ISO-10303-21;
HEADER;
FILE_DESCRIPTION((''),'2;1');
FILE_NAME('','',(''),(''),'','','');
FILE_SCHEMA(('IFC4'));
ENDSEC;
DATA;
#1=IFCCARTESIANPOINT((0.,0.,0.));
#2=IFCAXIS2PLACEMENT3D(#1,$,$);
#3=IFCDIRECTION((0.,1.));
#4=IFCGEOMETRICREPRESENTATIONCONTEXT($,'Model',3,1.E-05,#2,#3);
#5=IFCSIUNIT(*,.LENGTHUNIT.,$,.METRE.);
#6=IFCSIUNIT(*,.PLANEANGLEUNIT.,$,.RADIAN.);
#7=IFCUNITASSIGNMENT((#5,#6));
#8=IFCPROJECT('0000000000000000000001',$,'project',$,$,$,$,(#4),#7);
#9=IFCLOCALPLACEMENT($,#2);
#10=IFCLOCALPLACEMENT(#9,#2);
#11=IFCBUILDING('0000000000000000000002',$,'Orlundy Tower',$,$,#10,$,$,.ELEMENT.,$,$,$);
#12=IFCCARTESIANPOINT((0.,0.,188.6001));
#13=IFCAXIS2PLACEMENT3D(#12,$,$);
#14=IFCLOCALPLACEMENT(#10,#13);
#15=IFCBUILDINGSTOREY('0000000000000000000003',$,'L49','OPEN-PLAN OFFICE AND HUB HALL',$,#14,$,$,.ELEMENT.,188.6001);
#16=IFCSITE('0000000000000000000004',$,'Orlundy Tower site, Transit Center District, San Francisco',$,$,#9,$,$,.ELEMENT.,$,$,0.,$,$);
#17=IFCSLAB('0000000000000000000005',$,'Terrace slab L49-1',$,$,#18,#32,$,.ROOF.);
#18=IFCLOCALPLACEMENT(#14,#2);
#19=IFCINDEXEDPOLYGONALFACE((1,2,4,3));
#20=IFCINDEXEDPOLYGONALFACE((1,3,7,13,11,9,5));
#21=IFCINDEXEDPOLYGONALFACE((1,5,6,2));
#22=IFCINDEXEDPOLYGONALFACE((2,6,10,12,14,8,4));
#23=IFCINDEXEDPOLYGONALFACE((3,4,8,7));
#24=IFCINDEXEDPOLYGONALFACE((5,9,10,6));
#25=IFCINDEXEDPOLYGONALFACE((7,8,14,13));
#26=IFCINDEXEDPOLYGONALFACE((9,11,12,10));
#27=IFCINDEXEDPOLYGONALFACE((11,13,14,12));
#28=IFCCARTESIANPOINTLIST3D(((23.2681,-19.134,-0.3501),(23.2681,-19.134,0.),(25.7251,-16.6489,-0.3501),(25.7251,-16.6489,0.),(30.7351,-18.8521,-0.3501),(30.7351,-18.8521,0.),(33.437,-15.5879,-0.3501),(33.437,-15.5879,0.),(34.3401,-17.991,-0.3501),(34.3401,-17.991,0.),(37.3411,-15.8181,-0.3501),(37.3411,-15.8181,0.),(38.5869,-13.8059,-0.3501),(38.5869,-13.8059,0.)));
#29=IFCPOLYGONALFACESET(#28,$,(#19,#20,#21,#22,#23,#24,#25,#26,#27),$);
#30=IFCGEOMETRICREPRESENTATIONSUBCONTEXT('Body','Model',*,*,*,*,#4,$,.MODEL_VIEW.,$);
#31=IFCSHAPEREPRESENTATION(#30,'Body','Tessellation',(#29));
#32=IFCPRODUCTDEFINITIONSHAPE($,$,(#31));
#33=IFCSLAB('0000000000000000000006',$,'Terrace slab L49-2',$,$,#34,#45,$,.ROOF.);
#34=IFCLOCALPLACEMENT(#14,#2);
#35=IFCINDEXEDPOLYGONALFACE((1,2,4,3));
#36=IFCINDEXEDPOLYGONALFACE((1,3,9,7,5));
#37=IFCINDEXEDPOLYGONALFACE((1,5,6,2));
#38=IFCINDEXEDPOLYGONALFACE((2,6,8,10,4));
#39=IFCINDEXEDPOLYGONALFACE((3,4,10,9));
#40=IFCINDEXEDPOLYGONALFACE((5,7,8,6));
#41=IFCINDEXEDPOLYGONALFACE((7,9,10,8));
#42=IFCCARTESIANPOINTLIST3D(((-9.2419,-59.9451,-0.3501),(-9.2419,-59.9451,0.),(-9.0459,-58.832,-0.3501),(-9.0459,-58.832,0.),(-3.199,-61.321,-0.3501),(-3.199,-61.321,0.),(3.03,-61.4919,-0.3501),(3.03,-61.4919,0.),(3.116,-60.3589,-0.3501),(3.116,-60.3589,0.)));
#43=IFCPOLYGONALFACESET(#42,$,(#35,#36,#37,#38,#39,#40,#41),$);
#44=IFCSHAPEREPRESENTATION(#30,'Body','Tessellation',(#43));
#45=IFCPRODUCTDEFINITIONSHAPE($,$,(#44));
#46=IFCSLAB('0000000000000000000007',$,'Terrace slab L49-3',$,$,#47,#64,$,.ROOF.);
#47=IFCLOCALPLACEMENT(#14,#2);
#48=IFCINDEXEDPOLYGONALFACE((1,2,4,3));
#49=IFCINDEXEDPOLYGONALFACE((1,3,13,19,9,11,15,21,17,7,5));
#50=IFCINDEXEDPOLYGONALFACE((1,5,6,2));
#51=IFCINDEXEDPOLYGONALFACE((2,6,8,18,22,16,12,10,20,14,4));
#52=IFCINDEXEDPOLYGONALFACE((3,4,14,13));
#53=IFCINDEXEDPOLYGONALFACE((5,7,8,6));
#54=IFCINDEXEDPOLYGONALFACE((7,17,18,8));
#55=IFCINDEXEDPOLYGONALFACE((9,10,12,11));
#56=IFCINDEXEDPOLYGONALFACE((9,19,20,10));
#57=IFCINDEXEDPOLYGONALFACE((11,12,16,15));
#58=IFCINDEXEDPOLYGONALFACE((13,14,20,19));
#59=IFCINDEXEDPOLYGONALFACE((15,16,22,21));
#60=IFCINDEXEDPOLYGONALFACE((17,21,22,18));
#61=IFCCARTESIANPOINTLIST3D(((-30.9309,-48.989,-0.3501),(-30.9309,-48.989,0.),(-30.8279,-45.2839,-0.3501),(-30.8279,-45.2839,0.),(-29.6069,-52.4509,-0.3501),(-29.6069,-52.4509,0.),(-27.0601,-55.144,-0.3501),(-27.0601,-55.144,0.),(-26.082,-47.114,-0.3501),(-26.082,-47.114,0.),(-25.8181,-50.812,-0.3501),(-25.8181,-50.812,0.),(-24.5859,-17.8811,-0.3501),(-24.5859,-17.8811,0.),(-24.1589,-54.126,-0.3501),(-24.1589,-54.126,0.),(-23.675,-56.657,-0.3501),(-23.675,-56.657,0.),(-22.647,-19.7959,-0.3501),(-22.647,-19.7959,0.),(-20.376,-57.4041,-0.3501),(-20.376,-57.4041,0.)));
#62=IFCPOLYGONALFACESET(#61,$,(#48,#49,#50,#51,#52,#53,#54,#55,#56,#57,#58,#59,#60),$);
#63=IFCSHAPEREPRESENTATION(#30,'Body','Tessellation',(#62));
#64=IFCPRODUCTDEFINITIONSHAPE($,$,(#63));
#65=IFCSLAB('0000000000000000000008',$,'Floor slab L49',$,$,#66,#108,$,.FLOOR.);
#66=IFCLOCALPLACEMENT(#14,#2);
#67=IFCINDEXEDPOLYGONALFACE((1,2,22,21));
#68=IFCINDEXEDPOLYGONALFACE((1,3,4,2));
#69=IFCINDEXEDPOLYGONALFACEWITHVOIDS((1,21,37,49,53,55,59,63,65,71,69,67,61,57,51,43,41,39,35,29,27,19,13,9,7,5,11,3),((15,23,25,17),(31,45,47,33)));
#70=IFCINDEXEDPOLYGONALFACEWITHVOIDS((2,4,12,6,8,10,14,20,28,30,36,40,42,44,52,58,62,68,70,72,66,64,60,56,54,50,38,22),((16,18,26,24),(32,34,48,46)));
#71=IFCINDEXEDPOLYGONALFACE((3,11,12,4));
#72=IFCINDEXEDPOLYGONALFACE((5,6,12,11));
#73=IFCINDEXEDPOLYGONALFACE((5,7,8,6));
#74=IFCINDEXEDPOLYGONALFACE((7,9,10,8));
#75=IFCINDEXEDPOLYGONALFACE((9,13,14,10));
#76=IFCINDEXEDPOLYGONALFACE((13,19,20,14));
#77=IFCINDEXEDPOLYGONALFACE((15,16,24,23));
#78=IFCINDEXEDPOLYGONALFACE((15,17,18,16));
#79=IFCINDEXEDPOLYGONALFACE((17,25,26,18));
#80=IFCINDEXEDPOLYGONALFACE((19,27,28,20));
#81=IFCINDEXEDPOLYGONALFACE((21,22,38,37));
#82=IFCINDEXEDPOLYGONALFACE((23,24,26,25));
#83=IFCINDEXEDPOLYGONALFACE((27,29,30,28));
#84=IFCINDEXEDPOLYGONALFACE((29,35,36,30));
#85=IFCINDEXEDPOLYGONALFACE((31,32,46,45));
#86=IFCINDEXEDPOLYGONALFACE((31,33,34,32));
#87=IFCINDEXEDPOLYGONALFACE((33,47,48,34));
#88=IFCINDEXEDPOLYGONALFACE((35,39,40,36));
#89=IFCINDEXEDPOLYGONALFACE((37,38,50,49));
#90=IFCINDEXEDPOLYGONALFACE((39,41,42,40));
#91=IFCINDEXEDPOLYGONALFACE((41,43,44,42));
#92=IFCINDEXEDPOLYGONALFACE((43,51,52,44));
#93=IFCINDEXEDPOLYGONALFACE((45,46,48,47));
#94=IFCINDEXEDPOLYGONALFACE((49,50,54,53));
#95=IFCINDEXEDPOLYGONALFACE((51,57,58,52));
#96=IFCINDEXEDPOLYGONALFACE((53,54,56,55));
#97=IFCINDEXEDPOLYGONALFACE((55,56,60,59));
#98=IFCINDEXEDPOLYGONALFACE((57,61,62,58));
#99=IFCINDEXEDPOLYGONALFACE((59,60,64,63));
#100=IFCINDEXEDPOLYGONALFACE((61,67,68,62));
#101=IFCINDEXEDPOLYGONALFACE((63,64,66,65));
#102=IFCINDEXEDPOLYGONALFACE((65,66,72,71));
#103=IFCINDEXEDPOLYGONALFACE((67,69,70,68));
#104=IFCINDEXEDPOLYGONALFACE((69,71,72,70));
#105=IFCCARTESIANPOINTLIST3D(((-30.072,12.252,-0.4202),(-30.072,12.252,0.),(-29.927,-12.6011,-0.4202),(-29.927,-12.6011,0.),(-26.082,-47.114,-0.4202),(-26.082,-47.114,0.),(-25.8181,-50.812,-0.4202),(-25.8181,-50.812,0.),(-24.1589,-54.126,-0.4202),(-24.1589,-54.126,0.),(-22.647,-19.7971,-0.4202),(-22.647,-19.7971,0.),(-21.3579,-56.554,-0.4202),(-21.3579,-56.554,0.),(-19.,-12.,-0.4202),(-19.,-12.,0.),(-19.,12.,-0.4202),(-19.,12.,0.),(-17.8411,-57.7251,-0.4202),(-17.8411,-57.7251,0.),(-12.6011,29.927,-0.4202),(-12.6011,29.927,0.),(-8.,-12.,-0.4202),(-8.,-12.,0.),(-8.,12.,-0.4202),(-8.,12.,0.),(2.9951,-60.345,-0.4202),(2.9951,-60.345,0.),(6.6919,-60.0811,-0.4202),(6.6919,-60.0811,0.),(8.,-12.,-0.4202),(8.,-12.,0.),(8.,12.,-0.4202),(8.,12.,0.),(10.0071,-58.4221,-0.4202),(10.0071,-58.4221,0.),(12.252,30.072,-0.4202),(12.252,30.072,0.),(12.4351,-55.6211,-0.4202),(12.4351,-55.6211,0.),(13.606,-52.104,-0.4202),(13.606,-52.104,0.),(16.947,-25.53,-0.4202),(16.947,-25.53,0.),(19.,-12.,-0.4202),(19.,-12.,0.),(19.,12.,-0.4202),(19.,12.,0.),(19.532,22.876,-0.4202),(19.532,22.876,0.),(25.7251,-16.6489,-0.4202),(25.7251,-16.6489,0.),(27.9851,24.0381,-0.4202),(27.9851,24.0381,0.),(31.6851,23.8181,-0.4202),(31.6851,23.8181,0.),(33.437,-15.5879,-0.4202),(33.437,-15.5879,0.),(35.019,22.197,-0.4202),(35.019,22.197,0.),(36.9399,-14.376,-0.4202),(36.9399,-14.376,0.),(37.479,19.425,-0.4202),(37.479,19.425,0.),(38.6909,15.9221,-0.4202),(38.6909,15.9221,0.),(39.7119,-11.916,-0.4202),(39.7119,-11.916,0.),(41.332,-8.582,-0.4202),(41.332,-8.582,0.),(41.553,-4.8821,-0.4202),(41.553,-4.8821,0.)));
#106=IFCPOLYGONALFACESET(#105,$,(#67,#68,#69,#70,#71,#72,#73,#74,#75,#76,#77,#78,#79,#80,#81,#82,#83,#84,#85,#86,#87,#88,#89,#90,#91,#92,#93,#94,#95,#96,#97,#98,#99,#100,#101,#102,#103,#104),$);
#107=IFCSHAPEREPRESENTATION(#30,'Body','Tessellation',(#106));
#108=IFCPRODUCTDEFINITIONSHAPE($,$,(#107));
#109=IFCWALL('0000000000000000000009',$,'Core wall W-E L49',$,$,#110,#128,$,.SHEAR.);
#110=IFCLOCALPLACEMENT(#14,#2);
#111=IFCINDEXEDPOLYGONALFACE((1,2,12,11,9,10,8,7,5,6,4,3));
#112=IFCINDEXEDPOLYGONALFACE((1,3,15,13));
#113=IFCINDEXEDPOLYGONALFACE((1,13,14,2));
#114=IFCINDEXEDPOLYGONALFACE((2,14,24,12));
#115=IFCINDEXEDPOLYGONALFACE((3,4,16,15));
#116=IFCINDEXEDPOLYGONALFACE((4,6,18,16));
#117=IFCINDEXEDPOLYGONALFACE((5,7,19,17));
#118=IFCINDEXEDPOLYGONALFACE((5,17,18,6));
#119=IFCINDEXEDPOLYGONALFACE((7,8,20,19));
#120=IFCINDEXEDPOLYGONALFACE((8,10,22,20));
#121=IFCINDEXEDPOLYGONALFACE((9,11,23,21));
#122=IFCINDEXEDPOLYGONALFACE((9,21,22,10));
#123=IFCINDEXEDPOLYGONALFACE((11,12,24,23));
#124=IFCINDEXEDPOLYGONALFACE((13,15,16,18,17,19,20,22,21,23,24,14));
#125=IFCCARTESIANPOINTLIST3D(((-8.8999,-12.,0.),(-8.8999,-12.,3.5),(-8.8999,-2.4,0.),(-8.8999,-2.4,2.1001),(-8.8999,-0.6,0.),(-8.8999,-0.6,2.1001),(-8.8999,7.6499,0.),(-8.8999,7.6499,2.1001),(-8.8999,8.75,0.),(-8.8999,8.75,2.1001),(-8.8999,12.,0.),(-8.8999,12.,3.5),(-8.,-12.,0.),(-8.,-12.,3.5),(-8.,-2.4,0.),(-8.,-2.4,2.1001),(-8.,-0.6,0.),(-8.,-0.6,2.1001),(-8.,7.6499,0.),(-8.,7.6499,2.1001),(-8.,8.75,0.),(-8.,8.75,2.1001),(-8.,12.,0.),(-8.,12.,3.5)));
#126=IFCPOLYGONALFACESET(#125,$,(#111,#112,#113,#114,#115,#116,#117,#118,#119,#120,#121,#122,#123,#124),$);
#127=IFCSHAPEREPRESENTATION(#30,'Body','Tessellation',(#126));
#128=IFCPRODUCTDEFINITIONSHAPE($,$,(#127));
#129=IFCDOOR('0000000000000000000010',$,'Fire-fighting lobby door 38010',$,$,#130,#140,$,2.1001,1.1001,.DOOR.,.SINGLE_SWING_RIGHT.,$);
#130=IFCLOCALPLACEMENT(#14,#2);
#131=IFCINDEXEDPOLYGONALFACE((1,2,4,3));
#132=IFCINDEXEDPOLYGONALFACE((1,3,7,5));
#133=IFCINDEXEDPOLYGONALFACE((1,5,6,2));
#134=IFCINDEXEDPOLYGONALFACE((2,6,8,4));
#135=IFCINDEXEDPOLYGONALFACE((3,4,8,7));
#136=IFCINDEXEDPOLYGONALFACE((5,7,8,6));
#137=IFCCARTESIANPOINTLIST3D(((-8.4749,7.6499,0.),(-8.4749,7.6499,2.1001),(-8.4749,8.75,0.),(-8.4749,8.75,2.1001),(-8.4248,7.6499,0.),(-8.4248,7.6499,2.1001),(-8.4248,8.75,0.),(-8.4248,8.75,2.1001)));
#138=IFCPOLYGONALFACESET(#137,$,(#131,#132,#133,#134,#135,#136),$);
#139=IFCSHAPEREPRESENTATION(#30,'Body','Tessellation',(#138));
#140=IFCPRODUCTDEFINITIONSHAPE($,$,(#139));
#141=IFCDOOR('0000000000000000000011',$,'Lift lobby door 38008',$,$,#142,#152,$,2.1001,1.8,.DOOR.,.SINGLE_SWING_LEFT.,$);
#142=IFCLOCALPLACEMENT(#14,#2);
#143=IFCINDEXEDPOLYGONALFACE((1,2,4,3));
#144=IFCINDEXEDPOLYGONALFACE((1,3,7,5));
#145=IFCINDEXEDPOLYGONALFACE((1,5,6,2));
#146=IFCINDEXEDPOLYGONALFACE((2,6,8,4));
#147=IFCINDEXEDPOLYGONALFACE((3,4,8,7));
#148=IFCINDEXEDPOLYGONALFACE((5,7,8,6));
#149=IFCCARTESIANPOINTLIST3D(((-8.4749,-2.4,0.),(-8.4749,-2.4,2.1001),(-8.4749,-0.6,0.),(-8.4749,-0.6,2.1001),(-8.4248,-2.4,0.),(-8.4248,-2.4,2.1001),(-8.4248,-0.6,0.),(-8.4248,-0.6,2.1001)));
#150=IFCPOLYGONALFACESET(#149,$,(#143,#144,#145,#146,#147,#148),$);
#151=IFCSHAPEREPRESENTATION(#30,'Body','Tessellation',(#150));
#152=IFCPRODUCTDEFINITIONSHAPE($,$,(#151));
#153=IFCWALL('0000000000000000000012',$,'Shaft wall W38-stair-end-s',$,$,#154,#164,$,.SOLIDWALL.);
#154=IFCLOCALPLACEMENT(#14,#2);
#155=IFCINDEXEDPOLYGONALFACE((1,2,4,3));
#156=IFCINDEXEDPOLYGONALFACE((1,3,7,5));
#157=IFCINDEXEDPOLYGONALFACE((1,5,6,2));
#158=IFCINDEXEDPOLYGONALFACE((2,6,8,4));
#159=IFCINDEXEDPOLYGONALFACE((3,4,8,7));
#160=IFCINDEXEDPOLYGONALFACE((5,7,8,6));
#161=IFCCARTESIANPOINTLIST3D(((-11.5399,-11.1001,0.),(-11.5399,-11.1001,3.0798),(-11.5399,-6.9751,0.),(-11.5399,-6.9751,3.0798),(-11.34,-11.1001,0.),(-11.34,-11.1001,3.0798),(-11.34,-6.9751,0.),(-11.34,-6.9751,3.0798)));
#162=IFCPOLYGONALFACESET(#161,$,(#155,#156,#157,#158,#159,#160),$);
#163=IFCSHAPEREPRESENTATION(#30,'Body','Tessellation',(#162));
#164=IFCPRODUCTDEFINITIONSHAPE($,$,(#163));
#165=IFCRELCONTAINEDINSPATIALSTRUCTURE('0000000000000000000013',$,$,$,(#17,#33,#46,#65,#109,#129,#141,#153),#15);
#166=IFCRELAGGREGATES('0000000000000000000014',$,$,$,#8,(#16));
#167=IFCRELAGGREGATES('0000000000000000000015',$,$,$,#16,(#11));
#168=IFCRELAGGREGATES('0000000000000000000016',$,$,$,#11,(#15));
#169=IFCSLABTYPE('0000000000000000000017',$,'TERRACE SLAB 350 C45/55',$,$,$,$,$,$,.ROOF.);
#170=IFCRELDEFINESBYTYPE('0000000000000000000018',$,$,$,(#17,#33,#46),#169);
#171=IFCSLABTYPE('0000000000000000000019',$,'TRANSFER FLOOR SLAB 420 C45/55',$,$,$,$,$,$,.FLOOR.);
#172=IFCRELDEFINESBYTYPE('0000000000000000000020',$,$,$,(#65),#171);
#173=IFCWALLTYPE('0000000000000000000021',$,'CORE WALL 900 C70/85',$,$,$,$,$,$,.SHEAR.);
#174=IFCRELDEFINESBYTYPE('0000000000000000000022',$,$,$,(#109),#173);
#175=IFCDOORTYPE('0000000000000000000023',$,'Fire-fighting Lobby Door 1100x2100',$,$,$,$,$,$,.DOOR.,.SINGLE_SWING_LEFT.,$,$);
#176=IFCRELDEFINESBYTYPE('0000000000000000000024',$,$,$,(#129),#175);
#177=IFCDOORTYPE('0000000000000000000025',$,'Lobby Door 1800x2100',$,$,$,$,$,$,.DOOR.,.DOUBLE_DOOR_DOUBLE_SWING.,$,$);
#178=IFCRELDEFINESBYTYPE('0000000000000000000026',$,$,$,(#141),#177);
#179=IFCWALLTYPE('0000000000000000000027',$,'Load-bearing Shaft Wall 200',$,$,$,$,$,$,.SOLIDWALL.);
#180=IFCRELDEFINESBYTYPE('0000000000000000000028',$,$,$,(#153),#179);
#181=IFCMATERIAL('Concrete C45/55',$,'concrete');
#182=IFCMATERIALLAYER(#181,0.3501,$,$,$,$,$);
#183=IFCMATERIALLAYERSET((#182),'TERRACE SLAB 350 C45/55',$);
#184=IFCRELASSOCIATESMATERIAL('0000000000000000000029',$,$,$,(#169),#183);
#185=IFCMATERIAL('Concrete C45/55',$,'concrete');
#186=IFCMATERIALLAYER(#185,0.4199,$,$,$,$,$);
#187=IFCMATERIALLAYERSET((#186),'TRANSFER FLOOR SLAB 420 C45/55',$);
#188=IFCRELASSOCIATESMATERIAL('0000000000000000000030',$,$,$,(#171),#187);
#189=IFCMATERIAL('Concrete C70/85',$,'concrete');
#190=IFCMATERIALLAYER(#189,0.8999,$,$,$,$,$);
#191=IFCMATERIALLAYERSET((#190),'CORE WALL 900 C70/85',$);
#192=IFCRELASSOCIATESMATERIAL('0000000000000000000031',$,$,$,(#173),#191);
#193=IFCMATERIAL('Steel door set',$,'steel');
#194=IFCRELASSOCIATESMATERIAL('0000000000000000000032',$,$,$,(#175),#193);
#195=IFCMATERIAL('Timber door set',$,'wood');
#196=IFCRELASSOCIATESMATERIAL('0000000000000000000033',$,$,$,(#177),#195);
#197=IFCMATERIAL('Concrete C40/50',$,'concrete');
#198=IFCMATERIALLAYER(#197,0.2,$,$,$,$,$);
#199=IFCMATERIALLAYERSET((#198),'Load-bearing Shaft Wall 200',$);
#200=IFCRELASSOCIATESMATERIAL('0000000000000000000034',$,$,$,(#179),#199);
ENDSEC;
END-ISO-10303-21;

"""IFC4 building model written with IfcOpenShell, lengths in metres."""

from ifc_helpers import new_model, si_unit, direction, frame, frame_2d, origin, place, context, subcontext, project, spatial, polyline, rectangle, outline, extrude, material, layer, layer_set, type_object, element, fill, save


model = new_model("IFC4")

# Units and contexts
model_context = context("Model", 3, precision=1e-05, world=origin(), true_north=direction((0.0, 1.0)))
body_context = subcontext(model_context, "Body", "Model", "MODEL_VIEW")
ifc_project = project(units=[si_unit("LENGTHUNIT", "METRE"), si_unit("PLANEANGLEUNIT", "RADIAN")], contexts=[model_context])

# Site, building, storey
site_placement = place(None, origin())
site = spatial("IfcSite", under=ifc_project, at=site_placement, Name="Orlundy Tower site, Transit Center District, San Francisco", CompositionType="ELEMENT", RefElevation=0.0)
building_placement = place(site_placement, origin())
building = spatial("IfcBuilding", under=site, at=building_placement, Name="Orlundy Tower", CompositionType="ELEMENT")
storey_placement = place(building_placement, frame((0.0, 0.0, 188.6001)))
storey = spatial("IfcBuildingStorey", under=building, at=storey_placement, Name="L49", Description="OPEN-PLAN OFFICE AND HUB HALL", CompositionType="ELEMENT", Elevation=188.6001)

# Slabs
ifc_material_1 = material(Name="Concrete C45/55", Category="concrete")
ifc_layer_1 = layer(ifc_material_1, 0.3501)
ifc_layer_set_1 = layer_set([ifc_layer_1], Name="TERRACE SLAB 350 C45/55")
slab_type_1 = type_object("IfcSlabType", Name="TERRACE SLAB 350 C45/55", PredefinedType="ROOF", material=ifc_layer_set_1)
slab_1_placement = place(storey_placement, frame((0.0, 0.0, -0.3501)))
element("IfcSlab", 1, at=slab_1_placement, inside=storey, type_object=slab_type_1, Name="Terrace slab L49-1", PredefinedType="ROOF", context=body_context, shape_type="SweptSolid", body=[
    extrude(outline(polyline([(23.2681, -19.134), (25.7251, -16.6489), (33.437, -15.5879), (38.5869, -13.8059), (37.3411, -15.8181), (34.3401, -17.991), (30.7351, -18.8521), (23.2681, -19.134)])), origin(), (0.0, 0.0, 1.0), 0.3501),
])
slab_2_placement = place(storey_placement, frame((0.0, 0.0, -0.3501)))
element("IfcSlab", 2, at=slab_2_placement, inside=storey, type_object=slab_type_1, Name="Terrace slab L49-2", PredefinedType="ROOF", context=body_context, shape_type="SweptSolid", body=[
    extrude(outline(polyline([(-9.2419, -59.9451), (-9.0459, -58.832), (3.116, -60.3589), (3.03, -61.4919), (-3.199, -61.321), (-9.2419, -59.9451)])), origin(), (0.0, 0.0, 1.0), 0.3501),
])
slab_3_placement = place(storey_placement, frame((0.0, 0.0, -0.3501)))
element("IfcSlab", 3, at=slab_3_placement, inside=storey, type_object=slab_type_1, Name="Terrace slab L49-3", PredefinedType="ROOF", context=body_context, shape_type="SweptSolid", body=[
    extrude(outline(polyline([(-24.5859, -17.8811), (-22.647, -19.7959), (-26.082, -47.114), (-25.8181, -50.812), (-24.1589, -54.126), (-20.376, -57.4041), (-23.675, -56.657), (-27.0601, -55.144), (-29.6069, -52.4509), (-30.9309, -48.989), (-30.8279, -45.2839), (-24.5859, -17.8811)])), origin(), (0.0, 0.0, 1.0), 0.3501),
])
ifc_material_2 = material(Name="Concrete C45/55", Category="concrete")
ifc_layer_2 = layer(ifc_material_2, 0.4199)
ifc_layer_set_2 = layer_set([ifc_layer_2], Name="TRANSFER FLOOR SLAB 420 C45/55")
slab_type_2 = type_object("IfcSlabType", Name="TRANSFER FLOOR SLAB 420 C45/55", PredefinedType="FLOOR", material=ifc_layer_set_2)
slab_4_placement = place(storey_placement, frame((0.0, 0.0, -0.4202)))
element("IfcSlab", 4, at=slab_4_placement, inside=storey, type_object=slab_type_2, Name="Floor slab L49", PredefinedType="FLOOR", context=body_context, shape_type="SweptSolid", body=[
    extrude(outline(polyline([(-22.647, -19.7971), (-29.927, -12.6011), (-30.072, 12.252), (-12.6011, 29.927), (12.252, 30.072), (19.532, 22.876), (27.9851, 24.0381), (31.6851, 23.8181), (35.019, 22.197), (37.479, 19.425), (38.6909, 15.9221), (41.553, -4.8821), (41.332, -8.582), (39.7119, -11.916), (36.9399, -14.376), (33.437, -15.5879), (25.7251, -16.6489), (16.947, -25.53), (13.606, -52.104), (12.4351, -55.6211), (10.0071, -58.4221), (6.6919, -60.0811), (2.9951, -60.345), (-17.8411, -57.7251), (-21.3579, -56.554), (-24.1589, -54.126), (-25.8181, -50.812), (-26.082, -47.114), (-22.647, -19.7971)]), holes=[polyline([(-8.0, -12.0), (-8.0, 12.0), (-19.0, 12.0), (-19.0, -12.0), (-8.0, -12.0)]), polyline([(19.0, -12.0), (19.0, 12.0), (8.0, 12.0), (8.0, -12.0), (19.0, -12.0)])]), origin(), (0.0, 0.0, 1.0), 0.4202),
])

# Wall, openings, doors
ifc_material_3 = material(Name="Concrete C70/85", Category="concrete")
ifc_layer_3 = layer(ifc_material_3, 0.8999)
ifc_layer_set_3 = layer_set([ifc_layer_3], Name="CORE WALL 900 C70/85")
wall_type_1 = type_object("IfcWallType", Name="CORE WALL 900 C70/85", PredefinedType="SHEAR", material=ifc_layer_set_3)
wall_1_placement = place(storey_placement, frame((-8.45, -12.0, 0.0), z_axis=(0.0, 0.0, 1.0), x_axis=(0.0, 1.0, 0.0)))
wall_1 = element("IfcWall", 5, at=wall_1_placement, inside=storey, type_object=wall_type_1, Name="Core wall W-E L49", PredefinedType="SHEAR", context=body_context, shape_type="SweptSolid", body=[
    extrude(rectangle(XDim=24.0, YDim=0.8999, at=frame_2d((12.0, 0.0))), origin(), (0.0, 0.0, 1.0), 3.5),
])
opening_1_placement = place(wall_1_placement, frame((9.6001, 0.0, 0.0)))
opening_1 = element("IfcOpeningElement", 6, at=opening_1_placement, cuts=wall_1, PredefinedType="OPENING", context=body_context, shape_type="SweptSolid", body=[
    extrude(rectangle(XDim=1.8, YDim=2.1001, at=frame_2d((0.8999, 1.05))), frame((0.0, 0.46, 0.0), z_axis=(0.0, -1.0, 0.0), x_axis=(1.0, 0.0, 0.0)), (0.0, 0.0, 1.0), 0.9199),
])
opening_2_placement = place(wall_1_placement, frame((19.6499, 0.0, 0.0)))
opening_2 = element("IfcOpeningElement", 7, at=opening_2_placement, cuts=wall_1, PredefinedType="OPENING", context=body_context, shape_type="SweptSolid", body=[
    extrude(rectangle(XDim=1.1001, YDim=2.1001, at=frame_2d((0.55, 1.05))), frame((0.0, 0.46, 0.0), z_axis=(0.0, -1.0, 0.0), x_axis=(1.0, 0.0, 0.0)), (0.0, 0.0, 1.0), 0.9199),
])
ifc_material_4 = material(Name="Steel door set", Category="steel")
door_type_1 = type_object("IfcDoorType", Name="Fire-fighting Lobby Door 1100x2100", OperationType="SINGLE_SWING_LEFT", PredefinedType="DOOR", material=ifc_material_4)
door_1_placement = place(opening_2_placement, origin())
door_1 = element("IfcDoor", 8, at=door_1_placement, inside=storey, type_object=door_type_1, Name="Fire-fighting lobby door 38010", OperationType="SINGLE_SWING_RIGHT", OverallHeight=2.1001, OverallWidth=1.1001, PredefinedType="DOOR", context=body_context, shape_type="SweptSolid", body=[
    extrude(rectangle(XDim=1.1001, YDim=2.1001, at=frame_2d((0.55, 1.05))), frame((0.0, 0.0249, 0.0), z_axis=(0.0, -1.0, 0.0), x_axis=(1.0, 0.0, 0.0)), (0.0, 0.0, 1.0), 0.05),
])
fill(opening_2, door_1)
ifc_material_5 = material(Name="Timber door set", Category="wood")
door_type_2 = type_object("IfcDoorType", Name="Lobby Door 1800x2100", OperationType="DOUBLE_DOOR_DOUBLE_SWING", PredefinedType="DOOR", material=ifc_material_5)
door_2_placement = place(opening_1_placement, origin())
door_2 = element("IfcDoor", 9, at=door_2_placement, inside=storey, type_object=door_type_2, Name="Lift lobby door 38008", OperationType="SINGLE_SWING_LEFT", OverallHeight=2.1001, OverallWidth=1.8, PredefinedType="DOOR", context=body_context, shape_type="SweptSolid", body=[
    extrude(rectangle(XDim=1.8, YDim=2.1001, at=frame_2d((0.8999, 1.05))), frame((0.0, 0.0249, 0.0), z_axis=(0.0, -1.0, 0.0), x_axis=(1.0, 0.0, 0.0)), (0.0, 0.0, 1.0), 0.05),
])
fill(opening_1, door_2)

# Wall
ifc_material_6 = material(Name="Concrete C40/50", Category="concrete")
ifc_layer_4 = layer(ifc_material_6, 0.2)
ifc_layer_set_4 = layer_set([ifc_layer_4], Name="Load-bearing Shaft Wall 200")
wall_type_2 = type_object("IfcWallType", Name="Load-bearing Shaft Wall 200", PredefinedType="SOLIDWALL", material=ifc_layer_set_4)
wall_2_placement = place(storey_placement, frame((-11.4399, -11.1001, 0.0), z_axis=(0.0, 0.0, 1.0), x_axis=(0.0, 1.0, 0.0)))
element("IfcWall", 10, at=wall_2_placement, inside=storey, type_object=wall_type_2, Name="Shaft wall W38-stair-end-s", PredefinedType="SOLIDWALL", context=body_context, shape_type="SweptSolid", body=[
    extrude(rectangle(XDim=4.125, YDim=0.2, at=frame_2d((2.0625, 0.0))), origin(), (0.0, 0.0, 1.0), 3.0798),
])

save(model, "model.ifc")
